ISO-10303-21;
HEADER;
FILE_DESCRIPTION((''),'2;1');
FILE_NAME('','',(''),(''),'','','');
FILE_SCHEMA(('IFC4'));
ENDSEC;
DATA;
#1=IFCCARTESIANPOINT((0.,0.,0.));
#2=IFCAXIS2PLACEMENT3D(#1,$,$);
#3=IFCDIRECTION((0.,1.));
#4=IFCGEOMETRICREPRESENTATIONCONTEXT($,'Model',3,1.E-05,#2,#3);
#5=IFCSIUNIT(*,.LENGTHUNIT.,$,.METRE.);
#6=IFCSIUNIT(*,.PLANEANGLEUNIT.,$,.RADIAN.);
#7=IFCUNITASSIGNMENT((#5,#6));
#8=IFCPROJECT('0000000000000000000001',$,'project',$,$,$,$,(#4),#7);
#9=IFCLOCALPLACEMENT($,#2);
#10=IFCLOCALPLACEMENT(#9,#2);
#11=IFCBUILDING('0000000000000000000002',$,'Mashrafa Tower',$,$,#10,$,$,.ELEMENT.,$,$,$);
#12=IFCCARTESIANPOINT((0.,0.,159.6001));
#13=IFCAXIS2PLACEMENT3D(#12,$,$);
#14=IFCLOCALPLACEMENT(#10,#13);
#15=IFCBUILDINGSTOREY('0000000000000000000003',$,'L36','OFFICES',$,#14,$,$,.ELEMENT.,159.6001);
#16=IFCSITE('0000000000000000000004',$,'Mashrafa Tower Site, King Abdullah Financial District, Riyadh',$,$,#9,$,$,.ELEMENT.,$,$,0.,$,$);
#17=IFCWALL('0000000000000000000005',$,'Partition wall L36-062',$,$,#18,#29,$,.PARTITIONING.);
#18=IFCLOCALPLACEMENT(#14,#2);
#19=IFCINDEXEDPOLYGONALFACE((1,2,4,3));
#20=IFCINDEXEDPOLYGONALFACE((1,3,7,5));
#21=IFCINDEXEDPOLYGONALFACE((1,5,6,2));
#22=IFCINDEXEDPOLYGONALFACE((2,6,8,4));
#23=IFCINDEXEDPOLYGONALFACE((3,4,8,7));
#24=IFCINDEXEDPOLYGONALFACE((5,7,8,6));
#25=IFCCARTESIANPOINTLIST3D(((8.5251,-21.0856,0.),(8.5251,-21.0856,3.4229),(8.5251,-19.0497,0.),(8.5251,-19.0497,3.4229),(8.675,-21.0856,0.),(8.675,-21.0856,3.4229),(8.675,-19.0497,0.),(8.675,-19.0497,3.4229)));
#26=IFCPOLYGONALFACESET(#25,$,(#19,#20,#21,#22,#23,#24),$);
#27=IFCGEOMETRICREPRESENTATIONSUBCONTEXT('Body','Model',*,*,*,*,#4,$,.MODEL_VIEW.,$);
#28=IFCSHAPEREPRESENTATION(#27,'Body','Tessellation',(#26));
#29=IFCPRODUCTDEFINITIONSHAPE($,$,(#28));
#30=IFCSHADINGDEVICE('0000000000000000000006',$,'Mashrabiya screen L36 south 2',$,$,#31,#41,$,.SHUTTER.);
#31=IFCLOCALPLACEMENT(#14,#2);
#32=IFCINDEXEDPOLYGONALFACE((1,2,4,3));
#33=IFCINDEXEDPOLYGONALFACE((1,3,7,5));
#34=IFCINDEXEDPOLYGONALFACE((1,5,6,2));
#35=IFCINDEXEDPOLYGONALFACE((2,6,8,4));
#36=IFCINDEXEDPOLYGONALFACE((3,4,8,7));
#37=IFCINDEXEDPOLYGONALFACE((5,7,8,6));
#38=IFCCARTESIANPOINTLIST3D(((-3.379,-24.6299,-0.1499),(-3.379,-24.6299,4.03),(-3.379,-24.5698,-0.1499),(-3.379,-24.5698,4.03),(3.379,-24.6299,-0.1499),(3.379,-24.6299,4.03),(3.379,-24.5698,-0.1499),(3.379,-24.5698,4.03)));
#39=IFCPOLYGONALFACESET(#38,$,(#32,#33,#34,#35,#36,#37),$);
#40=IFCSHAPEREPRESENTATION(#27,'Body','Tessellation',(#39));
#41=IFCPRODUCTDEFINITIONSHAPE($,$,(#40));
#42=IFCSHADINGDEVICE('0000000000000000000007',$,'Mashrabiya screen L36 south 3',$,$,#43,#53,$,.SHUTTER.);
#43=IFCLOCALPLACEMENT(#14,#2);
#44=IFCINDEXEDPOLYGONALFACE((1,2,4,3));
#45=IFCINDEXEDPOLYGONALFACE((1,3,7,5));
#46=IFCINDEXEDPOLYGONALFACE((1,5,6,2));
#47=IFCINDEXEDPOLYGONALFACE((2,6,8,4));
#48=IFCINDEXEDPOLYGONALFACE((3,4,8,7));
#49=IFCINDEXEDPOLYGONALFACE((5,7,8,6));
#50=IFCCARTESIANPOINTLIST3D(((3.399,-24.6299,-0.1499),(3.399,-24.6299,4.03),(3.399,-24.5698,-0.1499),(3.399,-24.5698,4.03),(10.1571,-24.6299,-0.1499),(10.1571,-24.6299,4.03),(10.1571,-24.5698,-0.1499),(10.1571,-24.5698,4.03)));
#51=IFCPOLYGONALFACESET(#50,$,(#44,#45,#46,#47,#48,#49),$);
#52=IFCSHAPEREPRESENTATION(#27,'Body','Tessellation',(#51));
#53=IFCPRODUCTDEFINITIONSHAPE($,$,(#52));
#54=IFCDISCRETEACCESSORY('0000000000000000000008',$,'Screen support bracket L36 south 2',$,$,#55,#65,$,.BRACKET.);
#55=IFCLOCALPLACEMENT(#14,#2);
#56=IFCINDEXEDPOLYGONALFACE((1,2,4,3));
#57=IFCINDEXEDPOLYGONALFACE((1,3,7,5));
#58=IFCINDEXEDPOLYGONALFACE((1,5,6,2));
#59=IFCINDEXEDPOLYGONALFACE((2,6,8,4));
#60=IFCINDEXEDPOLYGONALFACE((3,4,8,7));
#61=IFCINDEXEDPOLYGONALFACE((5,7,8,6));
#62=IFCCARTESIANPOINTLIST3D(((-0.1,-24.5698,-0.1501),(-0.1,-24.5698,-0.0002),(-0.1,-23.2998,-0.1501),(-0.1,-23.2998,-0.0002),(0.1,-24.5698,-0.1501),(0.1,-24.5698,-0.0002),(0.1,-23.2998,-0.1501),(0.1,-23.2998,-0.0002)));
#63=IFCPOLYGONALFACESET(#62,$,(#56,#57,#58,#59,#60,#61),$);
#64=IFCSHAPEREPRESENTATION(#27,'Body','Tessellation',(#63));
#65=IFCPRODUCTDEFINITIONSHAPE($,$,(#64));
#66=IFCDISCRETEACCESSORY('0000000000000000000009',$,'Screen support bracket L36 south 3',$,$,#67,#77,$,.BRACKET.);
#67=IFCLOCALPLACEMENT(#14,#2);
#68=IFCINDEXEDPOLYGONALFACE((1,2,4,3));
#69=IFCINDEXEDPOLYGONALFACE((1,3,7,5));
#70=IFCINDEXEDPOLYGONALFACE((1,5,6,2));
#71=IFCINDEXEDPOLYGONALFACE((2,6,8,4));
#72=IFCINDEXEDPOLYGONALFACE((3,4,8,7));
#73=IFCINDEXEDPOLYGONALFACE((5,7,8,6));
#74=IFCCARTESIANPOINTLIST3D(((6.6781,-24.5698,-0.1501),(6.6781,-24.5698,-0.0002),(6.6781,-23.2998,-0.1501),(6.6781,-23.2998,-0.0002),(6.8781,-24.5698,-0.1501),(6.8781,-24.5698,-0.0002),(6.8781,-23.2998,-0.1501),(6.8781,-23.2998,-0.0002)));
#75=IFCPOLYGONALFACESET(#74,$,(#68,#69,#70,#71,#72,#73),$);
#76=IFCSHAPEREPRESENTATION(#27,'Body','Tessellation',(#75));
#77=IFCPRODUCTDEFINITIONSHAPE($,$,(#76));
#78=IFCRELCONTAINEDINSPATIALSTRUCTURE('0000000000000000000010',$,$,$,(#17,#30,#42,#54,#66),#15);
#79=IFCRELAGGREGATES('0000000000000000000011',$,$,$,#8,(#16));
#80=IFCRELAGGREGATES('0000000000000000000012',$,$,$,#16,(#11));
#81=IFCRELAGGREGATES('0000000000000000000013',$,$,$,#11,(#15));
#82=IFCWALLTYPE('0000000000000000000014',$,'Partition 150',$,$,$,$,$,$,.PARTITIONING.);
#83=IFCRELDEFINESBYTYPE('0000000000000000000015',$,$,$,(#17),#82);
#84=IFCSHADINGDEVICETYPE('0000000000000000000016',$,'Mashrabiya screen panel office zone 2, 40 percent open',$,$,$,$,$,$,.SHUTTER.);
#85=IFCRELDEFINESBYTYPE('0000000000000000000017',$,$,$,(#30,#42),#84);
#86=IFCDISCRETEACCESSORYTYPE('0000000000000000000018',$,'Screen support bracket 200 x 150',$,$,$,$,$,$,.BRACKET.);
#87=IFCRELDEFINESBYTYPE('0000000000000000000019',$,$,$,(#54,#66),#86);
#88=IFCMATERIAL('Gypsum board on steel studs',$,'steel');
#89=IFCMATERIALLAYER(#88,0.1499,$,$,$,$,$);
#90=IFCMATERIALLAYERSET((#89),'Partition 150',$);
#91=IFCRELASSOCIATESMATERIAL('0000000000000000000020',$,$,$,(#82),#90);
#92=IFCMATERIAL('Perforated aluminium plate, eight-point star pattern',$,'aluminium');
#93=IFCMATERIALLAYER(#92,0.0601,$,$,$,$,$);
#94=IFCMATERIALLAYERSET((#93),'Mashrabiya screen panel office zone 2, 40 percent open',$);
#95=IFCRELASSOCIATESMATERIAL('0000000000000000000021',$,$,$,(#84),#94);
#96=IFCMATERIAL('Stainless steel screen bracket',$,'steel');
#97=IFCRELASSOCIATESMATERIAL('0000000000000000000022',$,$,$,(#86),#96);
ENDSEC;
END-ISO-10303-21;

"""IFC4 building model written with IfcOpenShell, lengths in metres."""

from ifc_helpers import new_model, si_unit, direction, frame, frame_2d, origin, origin_2d, place, context, subcontext, project, spatial, rectangle, extrude, source, transform, mapped, material, layer, layer_set, type_object, type_shapes, element, save


model = new_model("IFC4")

# Units and contexts
model_context = context("Model", 3, precision=1e-05, world=origin(), true_north=direction((0.0, 1.0)))
body_context = subcontext(model_context, "Body", "Model", "MODEL_VIEW")
ifc_project = project(units=[si_unit("LENGTHUNIT", "METRE"), si_unit("PLANEANGLEUNIT", "RADIAN")], contexts=[model_context])

# Site, building, storey
site_placement = place(None, origin())
site = spatial("IfcSite", under=ifc_project, at=site_placement, Name="Mashrafa Tower Site, King Abdullah Financial District, Riyadh", CompositionType="ELEMENT", RefElevation=0.0)
building_placement = place(site_placement, origin())
building = spatial("IfcBuilding", under=site, at=building_placement, Name="Mashrafa Tower", CompositionType="ELEMENT")
storey_placement = place(building_placement, frame((0.0, 0.0, 159.6001)))
storey = spatial("IfcBuildingStorey", under=building, at=storey_placement, Name="L36", Description="OFFICES", CompositionType="ELEMENT", Elevation=159.6001)

# Shared definitions
ifc_material_1 = material(Name="Gypsum board on steel studs", Category="steel")
ifc_layer_1 = layer(ifc_material_1, 0.1499)
ifc_layer_set_1 = layer_set([ifc_layer_1], Name="Partition 150")
wall_type_1 = type_object("IfcWallType", Name="Partition 150", PredefinedType="PARTITIONING", material=ifc_layer_set_1)

# Wall
wall_1_placement = place(storey_placement, frame((8.6001, -21.0857, 0.0), z_axis=(0.0, 0.0, 1.0), x_axis=(0.0, 1.0, 0.0)))
element("IfcWall", 1, at=wall_1_placement, inside=storey, type_object=wall_type_1, Name="Partition wall L36-062", PredefinedType="PARTITIONING", context=body_context, shape_type="SweptSolid", body=[
    extrude(rectangle(XDim=2.0359, YDim=0.1499, at=frame_2d((1.0181, 0.0))), origin(), (0.0, 0.0, 1.0), 3.4229),
])

# Shading devices
ifc_material_2 = material(Name="Perforated aluminium plate, eight-point star pattern", Category="aluminium")
ifc_layer_2 = layer(ifc_material_2, 0.0601)
ifc_layer_set_2 = layer_set([ifc_layer_2], Name="Mashrabiya screen panel office zone 2, 40 percent open")
shading_device_type = type_object("IfcShadingDeviceType", Name="Mashrabiya screen panel office zone 2, 40 percent open", PredefinedType="SHUTTER", material=ifc_layer_set_2)
shared_shape_1 = source(origin(), body_context, "Body", "SweptSolid", [
    extrude(rectangle(XDim=6.7581, YDim=0.0601, at=origin_2d()), origin(), (0.0, 0.0, 1.0), 4.1799),
])
type_shapes(shading_device_type, [shared_shape_1])
for number, where, z_axis, x_axis, name in (
    (2, (0.0, -24.5999, -0.1499), (0.0, 0.0, 1.0), (1.0, 0.0, 0.0), "Mashrabiya screen L36 south 2"),
    (3, (6.7781, -24.5999, -0.1499), (0.0, 0.0, 1.0), (1.0, 0.0, 0.0), "Mashrabiya screen L36 south 3"),
):
    element("IfcShadingDevice", number, at=place(storey_placement, frame(where, z_axis=z_axis, x_axis=x_axis)), inside=storey, type_object=shading_device_type, Name=name, PredefinedType="SHUTTER", context=body_context, shape_type="MappedRepresentation", body=[
        mapped(shared_shape_1, transform((0.0, 0.0, 0.0))),
    ])

# Discrete accessories
ifc_material_3 = material(Name="Stainless steel screen bracket", Category="steel")
discrete_accessory_type = type_object("IfcDiscreteAccessoryType", Name="Screen support bracket 200 x 150", PredefinedType="BRACKET", material=ifc_material_3)
shared_shape_2 = source(origin(), body_context, "Body", "SweptSolid", [
    extrude(rectangle(XDim=0.2, YDim=1.27, at=origin_2d()), origin(), (0.0, 0.0, 1.0), 0.1499),
])
type_shapes(discrete_accessory_type, [shared_shape_2])
for number, where, z_axis, x_axis, name in (
    (4, (0.0, -23.9348, -0.1501), (0.0, 0.0, 1.0), (1.0, 0.0, 0.0), "Screen support bracket L36 south 2"),
    (5, (6.7781, -23.9348, -0.1501), (0.0, 0.0, 1.0), (1.0, 0.0, 0.0), "Screen support bracket L36 south 3"),
):
    element("IfcDiscreteAccessory", number, at=place(storey_placement, frame(where, z_axis=z_axis, x_axis=x_axis)), inside=storey, type_object=discrete_accessory_type, Name=name, PredefinedType="BRACKET", context=body_context, shape_type="MappedRepresentation", body=[
        mapped(shared_shape_2, transform((0.0, 0.0, 0.0))),
    ])

save(model, "model.ifc")
